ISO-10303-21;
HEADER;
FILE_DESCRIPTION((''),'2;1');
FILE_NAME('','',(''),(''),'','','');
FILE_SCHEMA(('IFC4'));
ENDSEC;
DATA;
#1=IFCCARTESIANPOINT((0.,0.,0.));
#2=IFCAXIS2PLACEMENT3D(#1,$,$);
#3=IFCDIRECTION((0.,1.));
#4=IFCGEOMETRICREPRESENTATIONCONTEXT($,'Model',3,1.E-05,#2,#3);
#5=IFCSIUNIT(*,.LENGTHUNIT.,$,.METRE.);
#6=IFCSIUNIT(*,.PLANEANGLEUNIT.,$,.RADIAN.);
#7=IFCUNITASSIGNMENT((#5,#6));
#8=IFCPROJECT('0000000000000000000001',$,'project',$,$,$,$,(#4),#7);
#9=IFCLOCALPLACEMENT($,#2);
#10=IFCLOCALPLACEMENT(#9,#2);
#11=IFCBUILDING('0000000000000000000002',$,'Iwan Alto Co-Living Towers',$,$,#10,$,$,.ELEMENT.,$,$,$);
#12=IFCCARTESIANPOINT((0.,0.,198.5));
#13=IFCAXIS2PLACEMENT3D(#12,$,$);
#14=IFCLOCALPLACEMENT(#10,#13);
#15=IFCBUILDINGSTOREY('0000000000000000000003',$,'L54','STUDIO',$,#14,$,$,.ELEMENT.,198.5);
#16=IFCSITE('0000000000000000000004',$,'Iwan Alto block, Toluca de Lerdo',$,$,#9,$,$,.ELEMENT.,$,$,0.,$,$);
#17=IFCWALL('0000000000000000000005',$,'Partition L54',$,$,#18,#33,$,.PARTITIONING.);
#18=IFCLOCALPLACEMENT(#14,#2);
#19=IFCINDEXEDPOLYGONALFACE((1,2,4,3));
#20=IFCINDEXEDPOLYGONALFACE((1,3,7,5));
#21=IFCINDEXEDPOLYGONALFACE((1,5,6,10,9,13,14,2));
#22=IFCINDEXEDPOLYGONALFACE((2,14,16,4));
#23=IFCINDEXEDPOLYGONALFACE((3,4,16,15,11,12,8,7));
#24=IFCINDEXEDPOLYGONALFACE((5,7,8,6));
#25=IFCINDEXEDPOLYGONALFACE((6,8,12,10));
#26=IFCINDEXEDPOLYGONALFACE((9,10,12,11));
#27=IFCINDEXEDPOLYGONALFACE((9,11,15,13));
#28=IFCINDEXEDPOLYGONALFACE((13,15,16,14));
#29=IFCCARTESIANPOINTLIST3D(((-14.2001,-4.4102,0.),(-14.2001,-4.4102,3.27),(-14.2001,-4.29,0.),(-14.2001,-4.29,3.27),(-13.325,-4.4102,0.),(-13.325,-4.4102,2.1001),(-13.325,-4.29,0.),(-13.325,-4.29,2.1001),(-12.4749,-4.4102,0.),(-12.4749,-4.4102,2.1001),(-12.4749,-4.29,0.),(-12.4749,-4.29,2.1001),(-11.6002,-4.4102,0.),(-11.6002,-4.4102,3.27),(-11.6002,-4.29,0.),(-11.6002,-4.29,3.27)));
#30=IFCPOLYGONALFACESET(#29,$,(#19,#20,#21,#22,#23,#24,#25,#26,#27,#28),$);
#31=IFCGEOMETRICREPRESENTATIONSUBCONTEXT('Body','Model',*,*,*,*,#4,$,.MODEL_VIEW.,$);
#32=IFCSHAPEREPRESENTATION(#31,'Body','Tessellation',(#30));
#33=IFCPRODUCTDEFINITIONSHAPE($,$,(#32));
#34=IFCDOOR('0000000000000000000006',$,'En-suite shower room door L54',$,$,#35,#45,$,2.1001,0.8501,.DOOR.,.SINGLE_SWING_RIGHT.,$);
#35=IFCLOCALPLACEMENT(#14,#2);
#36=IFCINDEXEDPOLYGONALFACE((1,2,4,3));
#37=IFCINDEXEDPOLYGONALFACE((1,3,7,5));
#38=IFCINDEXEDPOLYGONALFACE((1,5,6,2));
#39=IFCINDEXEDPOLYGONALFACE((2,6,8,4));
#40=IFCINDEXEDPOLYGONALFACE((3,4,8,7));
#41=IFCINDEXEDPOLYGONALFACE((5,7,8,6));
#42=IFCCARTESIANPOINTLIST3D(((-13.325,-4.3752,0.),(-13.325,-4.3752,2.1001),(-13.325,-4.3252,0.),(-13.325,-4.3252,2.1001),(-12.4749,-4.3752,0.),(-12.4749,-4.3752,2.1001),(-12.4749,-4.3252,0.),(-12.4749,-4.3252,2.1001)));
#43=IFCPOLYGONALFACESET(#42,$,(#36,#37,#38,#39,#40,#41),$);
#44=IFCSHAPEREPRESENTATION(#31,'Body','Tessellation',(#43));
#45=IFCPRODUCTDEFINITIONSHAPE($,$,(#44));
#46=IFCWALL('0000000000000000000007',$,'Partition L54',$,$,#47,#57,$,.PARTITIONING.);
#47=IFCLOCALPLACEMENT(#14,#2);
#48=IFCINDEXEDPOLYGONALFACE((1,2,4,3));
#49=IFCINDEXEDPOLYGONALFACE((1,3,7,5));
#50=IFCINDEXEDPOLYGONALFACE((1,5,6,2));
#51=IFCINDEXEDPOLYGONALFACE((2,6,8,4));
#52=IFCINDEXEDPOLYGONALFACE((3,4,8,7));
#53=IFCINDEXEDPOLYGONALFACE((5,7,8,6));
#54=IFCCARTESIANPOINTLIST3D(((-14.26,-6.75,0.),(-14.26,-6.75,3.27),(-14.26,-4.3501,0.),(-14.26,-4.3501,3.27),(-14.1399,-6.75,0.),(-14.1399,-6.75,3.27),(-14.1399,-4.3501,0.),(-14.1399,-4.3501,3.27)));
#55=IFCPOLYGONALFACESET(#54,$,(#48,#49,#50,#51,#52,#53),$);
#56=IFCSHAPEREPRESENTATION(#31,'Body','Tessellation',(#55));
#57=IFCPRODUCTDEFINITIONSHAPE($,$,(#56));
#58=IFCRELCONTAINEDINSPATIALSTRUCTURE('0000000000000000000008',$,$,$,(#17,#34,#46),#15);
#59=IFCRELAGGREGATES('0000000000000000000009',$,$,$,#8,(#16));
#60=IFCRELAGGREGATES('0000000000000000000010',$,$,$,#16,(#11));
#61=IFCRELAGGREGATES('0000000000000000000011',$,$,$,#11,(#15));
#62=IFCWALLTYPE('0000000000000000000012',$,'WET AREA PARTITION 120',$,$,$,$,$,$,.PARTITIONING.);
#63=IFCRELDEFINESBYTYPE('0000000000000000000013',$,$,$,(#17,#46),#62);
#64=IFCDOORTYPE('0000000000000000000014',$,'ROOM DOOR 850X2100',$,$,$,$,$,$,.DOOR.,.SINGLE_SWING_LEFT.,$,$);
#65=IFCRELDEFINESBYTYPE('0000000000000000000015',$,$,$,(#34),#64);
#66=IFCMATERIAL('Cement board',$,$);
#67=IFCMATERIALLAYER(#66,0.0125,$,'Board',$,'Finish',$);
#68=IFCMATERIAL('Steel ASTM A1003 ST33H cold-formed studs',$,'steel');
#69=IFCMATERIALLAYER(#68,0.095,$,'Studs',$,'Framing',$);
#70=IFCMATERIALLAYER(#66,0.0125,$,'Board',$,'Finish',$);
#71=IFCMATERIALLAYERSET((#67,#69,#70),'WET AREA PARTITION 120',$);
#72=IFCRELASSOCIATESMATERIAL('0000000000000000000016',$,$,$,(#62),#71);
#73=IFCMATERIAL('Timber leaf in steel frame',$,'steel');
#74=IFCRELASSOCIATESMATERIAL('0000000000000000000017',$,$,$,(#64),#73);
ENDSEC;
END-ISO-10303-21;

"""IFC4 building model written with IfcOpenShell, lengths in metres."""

from ifc_helpers import new_model, si_unit, direction, frame, frame_2d, origin, place, context, subcontext, project, spatial, rectangle, extrude, material, layer, layer_set, type_object, element, fill, save


model = new_model("IFC4")

# Units and contexts
model_context = context("Model", 3, precision=1e-05, world=origin(), true_north=direction((0.0, 1.0)))
body_context = subcontext(model_context, "Body", "Model", "MODEL_VIEW")
ifc_project = project(units=[si_unit("LENGTHUNIT", "METRE"), si_unit("PLANEANGLEUNIT", "RADIAN")], contexts=[model_context])

# Site, building, storey
site_placement = place(None, origin())
site = spatial("IfcSite", under=ifc_project, at=site_placement, Name="Iwan Alto block, Toluca de Lerdo", CompositionType="ELEMENT", RefElevation=0.0)
building_placement = place(site_placement, origin())
building = spatial("IfcBuilding", under=site, at=building_placement, Name="Iwan Alto Co-Living Towers", CompositionType="ELEMENT")
storey_placement = place(building_placement, frame((0.0, 0.0, 198.5)))
storey = spatial("IfcBuildingStorey", under=building, at=storey_placement, Name="L54", Description="STUDIO", CompositionType="ELEMENT", Elevation=198.5)

# Shared definitions
ifc_material_1 = material(Name="Steel ASTM A1003 ST33H cold-formed studs", Category="steel")

# Wall, opening, door
ifc_material_2 = material(Name="Cement board")
ifc_layer_1 = layer(ifc_material_2, 0.0125, Name="Board", Category="Finish")
ifc_layer_2 = layer(ifc_material_1, 0.095, Name="Studs", Category="Framing")
ifc_layer_3 = layer(ifc_material_2, 0.0125, Name="Board", Category="Finish")
ifc_layer_set_1 = layer_set([ifc_layer_1, ifc_layer_2, ifc_layer_3], Name="WET AREA PARTITION 120")
wall_type_1 = type_object("IfcWallType", Name="WET AREA PARTITION 120", PredefinedType="PARTITIONING", material=ifc_layer_set_1)
wall_1_placement = place(storey_placement, frame((-14.2, -4.3501, 0.0), z_axis=(0.0, 0.0, 1.0), x_axis=(1.0, 0.0, 0.0)))
wall_1 = element("IfcWall", 1, at=wall_1_placement, inside=storey, type_object=wall_type_1, Name="Partition L54", PredefinedType="PARTITIONING", context=body_context, shape_type="SweptSolid", body=[
    extrude(rectangle(XDim=2.5999, YDim=0.1201, at=frame_2d((1.2998, 0.0))), origin(), (0.0, 0.0, 1.0), 3.27),
])
opening_1_placement = place(wall_1_placement, frame((0.875, 0.0, 0.0)))
opening_1 = element("IfcOpeningElement", 2, at=opening_1_placement, cuts=wall_1, PredefinedType="OPENING", context=body_context, shape_type="SweptSolid", body=[
    extrude(rectangle(XDim=0.8501, YDim=2.1001, at=frame_2d((0.425, 1.05))), frame((0.0, 0.0701, 0.0), z_axis=(0.0, -1.0, 0.0), x_axis=(1.0, 0.0, 0.0)), (0.0, 0.0, 1.0), 0.1401),
])
ifc_material_3 = material(Name="Timber leaf in steel frame", Category="steel")
door_type_1 = type_object("IfcDoorType", Name="ROOM DOOR 850X2100", OperationType="SINGLE_SWING_LEFT", PredefinedType="DOOR", material=ifc_material_3)
door_1_placement = place(opening_1_placement, origin())
door_1 = element("IfcDoor", 3, at=door_1_placement, inside=storey, type_object=door_type_1, Name="En-suite shower room door L54", OperationType="SINGLE_SWING_RIGHT", OverallHeight=2.1001, OverallWidth=0.8501, PredefinedType="DOOR", context=body_context, shape_type="SweptSolid", body=[
    extrude(rectangle(XDim=0.8501, YDim=2.1001, at=frame_2d((0.425, 1.05))), frame((0.0, 0.0249, 0.0), z_axis=(0.0, -1.0, 0.0), x_axis=(1.0, 0.0, 0.0)), (0.0, 0.0, 1.0), 0.05),
])
fill(opening_1, door_1)

# Wall
wall_2_placement = place(storey_placement, frame((-14.2, -6.75, 0.0), z_axis=(0.0, 0.0, 1.0), x_axis=(0.0, 1.0, 0.0)))
element("IfcWall", 4, at=wall_2_placement, inside=storey, type_object=wall_type_1, Name="Partition L54", PredefinedType="PARTITIONING", context=body_context, shape_type="SweptSolid", body=[
    extrude(rectangle(XDim=2.3999, YDim=0.1201, at=frame_2d((1.2, 0.0))), origin(), (0.0, 0.0, 1.0), 3.27),
])

save(model, "model.ifc")
